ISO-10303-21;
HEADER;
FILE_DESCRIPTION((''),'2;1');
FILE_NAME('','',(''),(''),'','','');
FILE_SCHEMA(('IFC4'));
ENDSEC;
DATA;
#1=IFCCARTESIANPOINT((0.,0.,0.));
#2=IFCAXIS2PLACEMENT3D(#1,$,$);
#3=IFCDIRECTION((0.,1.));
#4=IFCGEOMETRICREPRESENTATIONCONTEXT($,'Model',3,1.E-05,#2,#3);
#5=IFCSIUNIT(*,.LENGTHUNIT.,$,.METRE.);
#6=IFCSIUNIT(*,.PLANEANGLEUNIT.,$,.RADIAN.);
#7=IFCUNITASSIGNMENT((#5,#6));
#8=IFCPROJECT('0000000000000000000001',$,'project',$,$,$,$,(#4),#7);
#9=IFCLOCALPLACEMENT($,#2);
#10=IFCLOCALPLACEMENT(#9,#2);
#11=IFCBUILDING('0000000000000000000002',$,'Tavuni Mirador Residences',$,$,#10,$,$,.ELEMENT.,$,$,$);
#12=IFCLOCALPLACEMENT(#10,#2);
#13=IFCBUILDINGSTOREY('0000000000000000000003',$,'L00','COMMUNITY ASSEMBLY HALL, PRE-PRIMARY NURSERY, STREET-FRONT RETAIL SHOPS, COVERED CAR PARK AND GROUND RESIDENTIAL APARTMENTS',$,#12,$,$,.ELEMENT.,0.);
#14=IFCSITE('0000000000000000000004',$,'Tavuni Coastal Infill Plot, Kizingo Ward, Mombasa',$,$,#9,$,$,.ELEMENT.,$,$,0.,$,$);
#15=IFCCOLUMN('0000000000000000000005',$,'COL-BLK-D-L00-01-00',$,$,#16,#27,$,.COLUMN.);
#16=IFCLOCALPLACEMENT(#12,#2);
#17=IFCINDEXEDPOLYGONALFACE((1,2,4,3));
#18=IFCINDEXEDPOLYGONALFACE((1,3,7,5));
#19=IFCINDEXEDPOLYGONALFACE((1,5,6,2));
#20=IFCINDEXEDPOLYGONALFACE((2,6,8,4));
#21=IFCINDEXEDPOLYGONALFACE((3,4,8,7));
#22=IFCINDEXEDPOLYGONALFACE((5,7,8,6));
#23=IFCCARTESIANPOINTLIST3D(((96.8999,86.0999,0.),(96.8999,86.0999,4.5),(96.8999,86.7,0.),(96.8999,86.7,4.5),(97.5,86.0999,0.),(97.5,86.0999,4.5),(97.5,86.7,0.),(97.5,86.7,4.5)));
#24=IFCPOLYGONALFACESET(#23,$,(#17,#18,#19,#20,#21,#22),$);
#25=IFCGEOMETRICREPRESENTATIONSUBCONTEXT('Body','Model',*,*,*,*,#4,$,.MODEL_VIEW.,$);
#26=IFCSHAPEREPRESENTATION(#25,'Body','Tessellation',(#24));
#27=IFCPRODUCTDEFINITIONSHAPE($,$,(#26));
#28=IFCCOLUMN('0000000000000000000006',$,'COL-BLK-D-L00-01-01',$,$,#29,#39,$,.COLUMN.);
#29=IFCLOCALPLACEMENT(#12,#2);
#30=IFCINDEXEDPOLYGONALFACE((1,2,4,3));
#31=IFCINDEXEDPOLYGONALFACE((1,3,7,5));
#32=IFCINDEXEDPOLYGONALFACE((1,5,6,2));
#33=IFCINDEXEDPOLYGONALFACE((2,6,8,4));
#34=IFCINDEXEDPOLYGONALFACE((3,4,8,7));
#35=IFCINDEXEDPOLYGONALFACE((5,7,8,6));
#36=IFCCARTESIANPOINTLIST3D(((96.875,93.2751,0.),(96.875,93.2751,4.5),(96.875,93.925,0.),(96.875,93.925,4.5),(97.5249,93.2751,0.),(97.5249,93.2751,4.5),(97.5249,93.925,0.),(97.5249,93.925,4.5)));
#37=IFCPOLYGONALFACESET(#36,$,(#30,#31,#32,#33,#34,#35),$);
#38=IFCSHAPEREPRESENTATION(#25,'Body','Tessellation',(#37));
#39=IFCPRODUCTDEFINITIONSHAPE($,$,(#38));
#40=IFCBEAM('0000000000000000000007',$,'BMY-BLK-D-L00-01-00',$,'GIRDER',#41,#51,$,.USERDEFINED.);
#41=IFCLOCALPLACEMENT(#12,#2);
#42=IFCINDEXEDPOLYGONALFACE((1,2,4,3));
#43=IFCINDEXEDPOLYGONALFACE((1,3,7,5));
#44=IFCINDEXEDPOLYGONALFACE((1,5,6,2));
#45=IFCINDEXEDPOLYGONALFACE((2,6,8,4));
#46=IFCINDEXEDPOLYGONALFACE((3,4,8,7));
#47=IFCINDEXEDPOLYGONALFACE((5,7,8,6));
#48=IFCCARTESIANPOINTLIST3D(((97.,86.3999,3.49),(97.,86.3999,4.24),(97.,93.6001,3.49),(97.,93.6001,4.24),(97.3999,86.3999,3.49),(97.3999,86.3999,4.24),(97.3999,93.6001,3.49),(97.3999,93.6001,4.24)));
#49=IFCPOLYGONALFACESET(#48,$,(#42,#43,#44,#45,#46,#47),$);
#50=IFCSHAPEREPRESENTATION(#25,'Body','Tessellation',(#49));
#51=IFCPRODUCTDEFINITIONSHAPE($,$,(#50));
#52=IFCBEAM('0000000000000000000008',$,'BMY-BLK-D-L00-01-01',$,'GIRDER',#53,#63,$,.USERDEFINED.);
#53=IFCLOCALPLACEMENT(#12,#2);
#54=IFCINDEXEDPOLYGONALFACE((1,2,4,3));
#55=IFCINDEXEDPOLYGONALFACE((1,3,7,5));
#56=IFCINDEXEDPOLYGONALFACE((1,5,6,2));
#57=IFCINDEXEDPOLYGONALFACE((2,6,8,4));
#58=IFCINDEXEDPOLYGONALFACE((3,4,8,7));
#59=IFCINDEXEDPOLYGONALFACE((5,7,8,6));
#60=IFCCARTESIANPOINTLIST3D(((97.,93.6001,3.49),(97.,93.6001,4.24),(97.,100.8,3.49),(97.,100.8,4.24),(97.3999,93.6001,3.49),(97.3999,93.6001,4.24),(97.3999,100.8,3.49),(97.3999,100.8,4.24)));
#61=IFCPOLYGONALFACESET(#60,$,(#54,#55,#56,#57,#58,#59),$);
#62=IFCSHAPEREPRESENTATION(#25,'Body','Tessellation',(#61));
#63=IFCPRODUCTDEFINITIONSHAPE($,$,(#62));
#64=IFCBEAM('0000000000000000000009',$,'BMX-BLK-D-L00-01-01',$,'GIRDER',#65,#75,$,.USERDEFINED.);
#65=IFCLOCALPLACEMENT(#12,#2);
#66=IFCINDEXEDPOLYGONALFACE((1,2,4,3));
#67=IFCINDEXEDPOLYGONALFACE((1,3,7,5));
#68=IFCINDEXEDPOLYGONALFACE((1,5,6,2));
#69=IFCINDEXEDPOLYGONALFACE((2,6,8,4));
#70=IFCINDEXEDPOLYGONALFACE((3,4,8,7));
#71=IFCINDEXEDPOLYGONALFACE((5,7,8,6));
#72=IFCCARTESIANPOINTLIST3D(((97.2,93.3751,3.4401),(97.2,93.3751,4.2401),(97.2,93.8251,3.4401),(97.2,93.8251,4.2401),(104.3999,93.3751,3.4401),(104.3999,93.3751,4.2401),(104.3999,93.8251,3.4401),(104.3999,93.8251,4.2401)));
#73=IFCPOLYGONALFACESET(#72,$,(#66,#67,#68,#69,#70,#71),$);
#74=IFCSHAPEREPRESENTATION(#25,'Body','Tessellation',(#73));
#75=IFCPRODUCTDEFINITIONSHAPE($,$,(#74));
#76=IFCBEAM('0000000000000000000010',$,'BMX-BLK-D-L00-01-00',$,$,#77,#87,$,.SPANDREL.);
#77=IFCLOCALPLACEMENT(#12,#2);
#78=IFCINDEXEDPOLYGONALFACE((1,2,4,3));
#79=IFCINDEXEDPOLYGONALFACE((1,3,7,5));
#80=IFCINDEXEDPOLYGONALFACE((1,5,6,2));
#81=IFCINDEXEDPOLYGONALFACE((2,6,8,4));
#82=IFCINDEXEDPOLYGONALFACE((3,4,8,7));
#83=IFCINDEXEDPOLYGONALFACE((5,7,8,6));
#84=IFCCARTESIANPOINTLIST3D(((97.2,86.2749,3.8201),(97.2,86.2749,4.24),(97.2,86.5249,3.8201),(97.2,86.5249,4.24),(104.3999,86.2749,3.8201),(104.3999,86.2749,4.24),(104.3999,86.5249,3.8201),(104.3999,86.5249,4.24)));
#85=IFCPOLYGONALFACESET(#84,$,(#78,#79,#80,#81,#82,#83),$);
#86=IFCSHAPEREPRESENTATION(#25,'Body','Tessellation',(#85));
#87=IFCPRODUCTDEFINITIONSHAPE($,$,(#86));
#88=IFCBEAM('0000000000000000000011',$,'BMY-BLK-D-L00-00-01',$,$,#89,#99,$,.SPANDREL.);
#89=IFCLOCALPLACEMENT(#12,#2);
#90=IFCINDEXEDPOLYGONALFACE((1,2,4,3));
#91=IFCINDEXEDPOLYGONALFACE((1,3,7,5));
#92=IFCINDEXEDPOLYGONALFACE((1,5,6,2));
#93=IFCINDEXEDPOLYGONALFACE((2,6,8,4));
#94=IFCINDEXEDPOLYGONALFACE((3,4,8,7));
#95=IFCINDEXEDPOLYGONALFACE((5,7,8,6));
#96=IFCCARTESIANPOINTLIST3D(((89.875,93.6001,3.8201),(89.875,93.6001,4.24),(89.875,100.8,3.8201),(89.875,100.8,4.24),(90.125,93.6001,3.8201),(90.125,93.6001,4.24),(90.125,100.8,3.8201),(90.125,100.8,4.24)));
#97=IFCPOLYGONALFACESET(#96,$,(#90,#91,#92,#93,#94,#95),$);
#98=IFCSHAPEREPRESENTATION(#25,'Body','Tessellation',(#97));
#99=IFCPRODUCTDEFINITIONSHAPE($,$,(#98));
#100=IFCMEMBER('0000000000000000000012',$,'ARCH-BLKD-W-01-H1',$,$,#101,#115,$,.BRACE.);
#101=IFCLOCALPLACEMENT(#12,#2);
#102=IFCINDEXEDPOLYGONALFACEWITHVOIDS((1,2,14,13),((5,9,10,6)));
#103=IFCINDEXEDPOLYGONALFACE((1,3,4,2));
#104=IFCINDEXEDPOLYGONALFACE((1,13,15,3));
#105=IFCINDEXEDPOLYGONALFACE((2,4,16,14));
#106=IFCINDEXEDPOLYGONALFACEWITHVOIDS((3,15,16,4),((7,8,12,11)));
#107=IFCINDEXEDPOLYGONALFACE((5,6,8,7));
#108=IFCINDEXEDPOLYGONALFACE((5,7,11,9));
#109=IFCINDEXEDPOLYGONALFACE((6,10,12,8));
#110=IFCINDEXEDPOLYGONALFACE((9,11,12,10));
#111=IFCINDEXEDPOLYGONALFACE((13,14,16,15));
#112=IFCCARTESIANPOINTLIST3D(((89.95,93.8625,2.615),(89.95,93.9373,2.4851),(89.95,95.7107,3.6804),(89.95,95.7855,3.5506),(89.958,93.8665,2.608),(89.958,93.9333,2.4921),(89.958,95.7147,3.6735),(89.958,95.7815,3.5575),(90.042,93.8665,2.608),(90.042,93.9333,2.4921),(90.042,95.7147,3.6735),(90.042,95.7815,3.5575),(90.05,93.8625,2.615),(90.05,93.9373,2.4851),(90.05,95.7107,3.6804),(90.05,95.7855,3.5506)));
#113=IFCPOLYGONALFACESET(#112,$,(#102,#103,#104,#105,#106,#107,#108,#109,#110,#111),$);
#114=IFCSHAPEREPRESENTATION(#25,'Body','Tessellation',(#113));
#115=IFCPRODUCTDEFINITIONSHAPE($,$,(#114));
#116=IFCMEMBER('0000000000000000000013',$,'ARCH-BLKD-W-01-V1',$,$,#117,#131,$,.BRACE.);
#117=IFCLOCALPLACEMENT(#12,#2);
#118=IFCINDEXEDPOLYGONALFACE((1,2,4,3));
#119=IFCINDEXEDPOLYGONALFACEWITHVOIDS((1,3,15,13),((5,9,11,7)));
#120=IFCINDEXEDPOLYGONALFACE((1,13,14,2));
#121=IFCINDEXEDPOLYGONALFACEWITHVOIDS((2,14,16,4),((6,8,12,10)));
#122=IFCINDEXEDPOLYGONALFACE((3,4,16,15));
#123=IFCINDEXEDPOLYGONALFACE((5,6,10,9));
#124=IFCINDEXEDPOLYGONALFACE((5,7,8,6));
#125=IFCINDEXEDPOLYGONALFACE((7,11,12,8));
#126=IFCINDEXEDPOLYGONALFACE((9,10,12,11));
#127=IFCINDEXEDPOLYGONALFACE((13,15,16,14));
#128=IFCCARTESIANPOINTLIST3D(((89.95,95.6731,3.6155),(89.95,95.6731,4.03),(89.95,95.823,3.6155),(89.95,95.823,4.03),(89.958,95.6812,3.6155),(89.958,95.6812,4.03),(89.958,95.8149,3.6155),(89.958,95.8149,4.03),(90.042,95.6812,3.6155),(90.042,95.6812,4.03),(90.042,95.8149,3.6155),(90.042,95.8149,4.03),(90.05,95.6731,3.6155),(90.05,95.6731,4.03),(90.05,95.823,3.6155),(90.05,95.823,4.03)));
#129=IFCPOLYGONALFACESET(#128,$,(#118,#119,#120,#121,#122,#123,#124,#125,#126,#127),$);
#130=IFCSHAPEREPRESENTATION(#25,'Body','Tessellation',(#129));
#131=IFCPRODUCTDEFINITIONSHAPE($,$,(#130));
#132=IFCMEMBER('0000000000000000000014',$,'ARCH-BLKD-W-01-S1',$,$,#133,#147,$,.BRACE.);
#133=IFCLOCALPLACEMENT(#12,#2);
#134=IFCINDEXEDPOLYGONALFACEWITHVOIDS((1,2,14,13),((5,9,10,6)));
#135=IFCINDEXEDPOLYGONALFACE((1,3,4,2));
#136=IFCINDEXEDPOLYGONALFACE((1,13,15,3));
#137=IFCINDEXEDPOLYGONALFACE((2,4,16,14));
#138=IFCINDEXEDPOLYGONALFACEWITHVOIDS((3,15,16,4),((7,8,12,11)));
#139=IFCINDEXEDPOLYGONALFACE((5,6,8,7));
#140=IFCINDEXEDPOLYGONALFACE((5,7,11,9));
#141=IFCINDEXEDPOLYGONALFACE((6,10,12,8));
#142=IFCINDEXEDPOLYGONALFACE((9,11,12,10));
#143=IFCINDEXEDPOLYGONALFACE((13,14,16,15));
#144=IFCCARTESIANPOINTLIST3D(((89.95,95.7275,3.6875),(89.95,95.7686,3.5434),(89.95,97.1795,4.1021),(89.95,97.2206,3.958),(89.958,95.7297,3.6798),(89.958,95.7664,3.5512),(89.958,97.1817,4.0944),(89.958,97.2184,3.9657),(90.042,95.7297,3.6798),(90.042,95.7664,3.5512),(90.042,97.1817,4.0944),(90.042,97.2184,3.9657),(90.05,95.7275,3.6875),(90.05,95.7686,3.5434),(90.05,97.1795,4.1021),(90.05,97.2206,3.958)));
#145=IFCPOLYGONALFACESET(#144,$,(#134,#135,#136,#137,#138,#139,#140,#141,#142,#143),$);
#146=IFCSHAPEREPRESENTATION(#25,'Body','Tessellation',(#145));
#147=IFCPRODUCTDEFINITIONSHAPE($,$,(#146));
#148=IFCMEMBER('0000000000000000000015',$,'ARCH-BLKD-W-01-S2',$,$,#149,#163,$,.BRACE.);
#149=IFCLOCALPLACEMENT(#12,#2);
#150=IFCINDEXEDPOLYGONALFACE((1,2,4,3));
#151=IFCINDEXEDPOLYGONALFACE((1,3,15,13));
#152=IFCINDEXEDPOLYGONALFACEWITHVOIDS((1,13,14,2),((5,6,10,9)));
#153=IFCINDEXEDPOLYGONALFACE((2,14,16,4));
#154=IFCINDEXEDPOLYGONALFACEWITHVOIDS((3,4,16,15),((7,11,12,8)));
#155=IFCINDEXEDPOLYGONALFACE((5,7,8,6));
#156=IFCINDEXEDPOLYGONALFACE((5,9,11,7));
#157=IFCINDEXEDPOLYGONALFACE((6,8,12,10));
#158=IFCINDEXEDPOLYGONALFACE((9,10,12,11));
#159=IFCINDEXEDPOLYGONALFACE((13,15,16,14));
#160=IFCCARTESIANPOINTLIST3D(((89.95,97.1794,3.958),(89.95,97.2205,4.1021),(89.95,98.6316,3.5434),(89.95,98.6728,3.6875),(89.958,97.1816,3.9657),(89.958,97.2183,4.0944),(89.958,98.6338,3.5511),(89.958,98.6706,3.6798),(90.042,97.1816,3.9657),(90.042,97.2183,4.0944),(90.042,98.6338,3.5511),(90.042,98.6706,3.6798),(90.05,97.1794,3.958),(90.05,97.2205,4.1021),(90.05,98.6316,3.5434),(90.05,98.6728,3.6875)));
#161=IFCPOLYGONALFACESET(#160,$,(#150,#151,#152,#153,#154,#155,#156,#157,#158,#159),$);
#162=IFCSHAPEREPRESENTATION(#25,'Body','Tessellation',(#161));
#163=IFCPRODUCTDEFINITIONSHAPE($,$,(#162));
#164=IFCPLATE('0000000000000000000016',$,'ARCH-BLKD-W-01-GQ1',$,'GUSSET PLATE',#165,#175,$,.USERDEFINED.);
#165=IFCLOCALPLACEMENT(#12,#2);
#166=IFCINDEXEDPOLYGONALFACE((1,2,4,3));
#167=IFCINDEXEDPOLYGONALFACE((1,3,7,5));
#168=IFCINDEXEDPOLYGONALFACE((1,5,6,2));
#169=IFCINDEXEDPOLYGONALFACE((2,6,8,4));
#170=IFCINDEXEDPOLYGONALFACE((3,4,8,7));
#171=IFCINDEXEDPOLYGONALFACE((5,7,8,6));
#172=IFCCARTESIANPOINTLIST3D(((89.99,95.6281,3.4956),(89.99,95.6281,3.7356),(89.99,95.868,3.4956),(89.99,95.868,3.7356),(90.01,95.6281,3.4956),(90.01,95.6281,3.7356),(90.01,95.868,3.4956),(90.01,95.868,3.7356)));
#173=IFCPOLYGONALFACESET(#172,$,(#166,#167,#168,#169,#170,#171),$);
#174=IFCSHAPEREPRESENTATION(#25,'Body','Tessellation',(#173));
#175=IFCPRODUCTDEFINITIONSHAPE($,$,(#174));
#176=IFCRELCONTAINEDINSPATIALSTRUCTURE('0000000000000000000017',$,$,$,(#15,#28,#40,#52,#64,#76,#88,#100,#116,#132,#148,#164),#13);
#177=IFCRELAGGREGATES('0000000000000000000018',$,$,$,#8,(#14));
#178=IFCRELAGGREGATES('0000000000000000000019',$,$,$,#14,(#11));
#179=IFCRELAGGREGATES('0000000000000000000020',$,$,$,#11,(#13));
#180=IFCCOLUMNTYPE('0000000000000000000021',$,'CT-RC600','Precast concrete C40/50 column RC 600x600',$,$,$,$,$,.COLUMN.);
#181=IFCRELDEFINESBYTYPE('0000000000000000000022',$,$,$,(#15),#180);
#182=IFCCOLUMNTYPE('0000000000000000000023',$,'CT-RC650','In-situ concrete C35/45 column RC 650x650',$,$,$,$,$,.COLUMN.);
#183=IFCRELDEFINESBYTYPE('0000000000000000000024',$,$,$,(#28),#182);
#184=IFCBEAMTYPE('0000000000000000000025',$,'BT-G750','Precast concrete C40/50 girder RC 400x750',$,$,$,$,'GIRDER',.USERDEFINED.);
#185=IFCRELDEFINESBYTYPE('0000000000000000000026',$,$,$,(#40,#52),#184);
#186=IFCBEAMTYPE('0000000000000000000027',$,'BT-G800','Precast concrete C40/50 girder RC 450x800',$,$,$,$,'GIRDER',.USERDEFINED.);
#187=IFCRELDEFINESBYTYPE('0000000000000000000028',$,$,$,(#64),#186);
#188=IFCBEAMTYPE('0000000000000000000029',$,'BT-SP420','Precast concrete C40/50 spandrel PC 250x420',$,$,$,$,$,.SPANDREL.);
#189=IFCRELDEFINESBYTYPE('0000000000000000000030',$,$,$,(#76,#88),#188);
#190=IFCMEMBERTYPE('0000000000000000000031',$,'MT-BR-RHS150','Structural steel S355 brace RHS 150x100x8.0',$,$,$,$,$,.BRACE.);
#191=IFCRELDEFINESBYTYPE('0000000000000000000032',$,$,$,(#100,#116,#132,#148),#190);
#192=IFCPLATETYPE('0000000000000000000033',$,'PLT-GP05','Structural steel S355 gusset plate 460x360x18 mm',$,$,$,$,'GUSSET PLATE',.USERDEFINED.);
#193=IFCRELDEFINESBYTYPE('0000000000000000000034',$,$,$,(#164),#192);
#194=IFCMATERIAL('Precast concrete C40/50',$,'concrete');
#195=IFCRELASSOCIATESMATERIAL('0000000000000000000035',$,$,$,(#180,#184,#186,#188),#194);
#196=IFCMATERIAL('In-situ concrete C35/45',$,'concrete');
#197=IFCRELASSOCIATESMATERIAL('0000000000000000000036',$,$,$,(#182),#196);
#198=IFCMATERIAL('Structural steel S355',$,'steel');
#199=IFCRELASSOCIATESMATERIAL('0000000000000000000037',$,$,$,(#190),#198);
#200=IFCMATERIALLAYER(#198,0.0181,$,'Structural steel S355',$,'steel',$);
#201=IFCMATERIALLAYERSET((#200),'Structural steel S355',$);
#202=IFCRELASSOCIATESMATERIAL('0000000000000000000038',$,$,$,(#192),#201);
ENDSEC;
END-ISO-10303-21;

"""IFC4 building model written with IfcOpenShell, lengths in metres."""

from ifc_helpers import new_model, si_unit, direction, frame, origin, origin_2d, place, context, subcontext, project, spatial, rectangle, hollow_rectangle, extrude, material, layer, layer_set, material_profile, profile_set, type_object, element, save


model = new_model("IFC4")

# Units and contexts
model_context = context("Model", 3, precision=1e-05, world=origin(), true_north=direction((0.0, 1.0)))
body_context = subcontext(model_context, "Body", "Model", "MODEL_VIEW")
ifc_project = project(units=[si_unit("LENGTHUNIT", "METRE"), si_unit("PLANEANGLEUNIT", "RADIAN")], contexts=[model_context])

# Site, building, storey
site_placement = place(None, origin())
site = spatial("IfcSite", under=ifc_project, at=site_placement, Name="Tavuni Coastal Infill Plot, Kizingo Ward, Mombasa", CompositionType="ELEMENT", RefElevation=0.0)
building_placement = place(site_placement, origin())
building = spatial("IfcBuilding", under=site, at=building_placement, Name="Tavuni Mirador Residences", CompositionType="ELEMENT")
storey_placement = place(building_placement, origin())
storey = spatial("IfcBuildingStorey", under=building, at=storey_placement, Name="L00", Description="COMMUNITY ASSEMBLY HALL, PRE-PRIMARY NURSERY, STREET-FRONT RETAIL SHOPS, COVERED CAR PARK AND GROUND RESIDENTIAL APARTMENTS", CompositionType="ELEMENT", Elevation=0.0)

# Columns
ifc_material_1 = material(Name="Precast concrete C40/50", Category="concrete")
ifc_material_profile_1 = material_profile(ifc_material_1, rectangle(XDim=0.6001, YDim=0.6001, at=origin_2d()), Name="RC 600x600", Category="concrete")
ifc_profile_set_1 = profile_set([ifc_material_profile_1], Name="Precast concrete C40/50")
column_type_1 = type_object("IfcColumnType", Name="CT-RC600", Description="Precast concrete C40/50 column RC 600x600", PredefinedType="COLUMN", material=ifc_profile_set_1)
column_1_placement = place(storey_placement, frame((97.2, 86.3999, 0.0), z_axis=(0.0, 0.0, 1.0), x_axis=(1.0, 0.0, 0.0)))
element("IfcColumn", 1, at=column_1_placement, inside=storey, type_object=column_type_1, Name="COL-BLK-D-L00-01-00", PredefinedType="COLUMN", context=body_context, shape_type="SweptSolid", body=[
    extrude(rectangle(XDim=0.6001, YDim=0.6001, at=origin_2d()), origin(), (0.0, 0.0, 1.0), 4.5),
])
ifc_material_2 = material(Name="In-situ concrete C35/45", Category="concrete")
ifc_material_profile_2 = material_profile(ifc_material_2, rectangle(XDim=0.6499, YDim=0.6499, at=origin_2d()), Name="RC 650x650", Category="concrete")
ifc_profile_set_2 = profile_set([ifc_material_profile_2], Name="In-situ concrete C35/45")
column_type_2 = type_object("IfcColumnType", Name="CT-RC650", Description="In-situ concrete C35/45 column RC 650x650", PredefinedType="COLUMN", material=ifc_profile_set_2)
column_2_placement = place(storey_placement, frame((97.2, 93.6001, 0.0), z_axis=(0.0, 0.0, 1.0), x_axis=(1.0, 0.0, 0.0)))
element("IfcColumn", 2, at=column_2_placement, inside=storey, type_object=column_type_2, Name="COL-BLK-D-L00-01-01", PredefinedType="COLUMN", context=body_context, shape_type="SweptSolid", body=[
    extrude(rectangle(XDim=0.6499, YDim=0.6499, at=origin_2d()), origin(), (0.0, 0.0, 1.0), 4.5),
])

# Beams
ifc_material_profile_3 = material_profile(ifc_material_1, rectangle(XDim=0.3999, YDim=0.75, at=origin_2d()), Name="RC 400x750", Category="concrete")
ifc_profile_set_3 = profile_set([ifc_material_profile_3], Name="Precast concrete C40/50")
beam_type_1 = type_object("IfcBeamType", Name="BT-G750", Description="Precast concrete C40/50 girder RC 400x750", ElementType="GIRDER", PredefinedType="USERDEFINED", material=ifc_profile_set_3)
beam_1_placement = place(storey_placement, frame((97.2, 86.3999, 3.865), z_axis=(0.0, 1.0, 0.0), x_axis=(-1.0, 0.0, 0.0)))
element("IfcBeam", 3, at=beam_1_placement, inside=storey, type_object=beam_type_1, Name="BMY-BLK-D-L00-01-00", ObjectType="GIRDER", PredefinedType="USERDEFINED", context=body_context, shape_type="SweptSolid", body=[
    extrude(rectangle(XDim=0.3999, YDim=0.75, at=origin_2d()), origin(), (0.0, 0.0, 1.0), 7.2002),
])
beam_2_placement = place(storey_placement, frame((97.2, 93.6001, 3.865), z_axis=(0.0, 1.0, 0.0), x_axis=(-1.0, 0.0, 0.0)))
element("IfcBeam", 4, at=beam_2_placement, inside=storey, type_object=beam_type_1, Name="BMY-BLK-D-L00-01-01", ObjectType="GIRDER", PredefinedType="USERDEFINED", context=body_context, shape_type="SweptSolid", body=[
    extrude(rectangle(XDim=0.3999, YDim=0.75, at=origin_2d()), origin(), (0.0, 0.0, 1.0), 7.2),
])
ifc_material_profile_4 = material_profile(ifc_material_1, rectangle(XDim=0.45, YDim=0.8, at=origin_2d()), Name="RC 450x800", Category="concrete")
ifc_profile_set_4 = profile_set([ifc_material_profile_4], Name="Precast concrete C40/50")
beam_type_2 = type_object("IfcBeamType", Name="BT-G800", Description="Precast concrete C40/50 girder RC 450x800", ElementType="GIRDER", PredefinedType="USERDEFINED", material=ifc_profile_set_4)
beam_3_placement = place(storey_placement, frame((97.2, 93.6001, 3.8401), z_axis=(1.0, 0.0, 0.0), x_axis=(0.0, 1.0, 0.0)))
element("IfcBeam", 5, at=beam_3_placement, inside=storey, type_object=beam_type_2, Name="BMX-BLK-D-L00-01-01", ObjectType="GIRDER", PredefinedType="USERDEFINED", context=body_context, shape_type="SweptSolid", body=[
    extrude(rectangle(XDim=0.45, YDim=0.8, at=origin_2d()), origin(), (0.0, 0.0, 1.0), 7.2),
])
ifc_material_profile_5 = material_profile(ifc_material_1, rectangle(XDim=0.25, YDim=0.4199, at=origin_2d()), Name="PC 250x420", Category="concrete")
ifc_profile_set_5 = profile_set([ifc_material_profile_5], Name="Precast concrete C40/50")
beam_type_3 = type_object("IfcBeamType", Name="BT-SP420", Description="Precast concrete C40/50 spandrel PC 250x420", PredefinedType="SPANDREL", material=ifc_profile_set_5)
for number, where, z_axis, x_axis, name in (
    (6, (97.2, 86.3999, 4.03), (1.0, 0.0, 0.0), (0.0, 1.0, 0.0), "BMX-BLK-D-L00-01-00"),
    (7, (90.0, 93.6001, 4.03), (0.0, 1.0, 0.0), (-1.0, 0.0, 0.0), "BMY-BLK-D-L00-00-01"),
):
    element("IfcBeam", number, at=place(storey_placement, frame(where, z_axis=z_axis, x_axis=x_axis)), inside=storey, type_object=beam_type_3, Name=name, PredefinedType="SPANDREL", context=body_context, shape_type="SweptSolid", body=[
        extrude(rectangle(XDim=0.25, YDim=0.4199, at=origin_2d()), origin(), (0.0, 0.0, 1.0), 7.2),
    ])

# Members
ifc_material_3 = material(Name="Structural steel S355", Category="steel")
ifc_material_profile_6 = material_profile(ifc_material_3, hollow_rectangle(XDim=0.1001, YDim=0.1499, WallThickness=0.0081, at=origin_2d()), Name="RHS 150x100x8.0", Category="steel")
ifc_profile_set_6 = profile_set([ifc_material_profile_6], Name="Structural steel S355")
member_type = type_object("IfcMemberType", Name="MT-BR-RHS150", Description="Structural steel S355 brace RHS 150x100x8.0", PredefinedType="BRACE", material=ifc_profile_set_6)
member_1_placement = place(storey_placement, frame((90.0, 93.8999, 2.55), z_axis=(0.0, 0.866349, 0.499438), x_axis=(-1.0, 0.0, 0.0)))
element("IfcMember", 8, at=member_1_placement, inside=storey, type_object=member_type, Name="ARCH-BLKD-W-01-H1", PredefinedType="BRACE", context=body_context, shape_type="SweptSolid", body=[
    extrude(hollow_rectangle(XDim=0.1001, YDim=0.1499, WallThickness=0.0081, at=origin_2d()), origin(), (0.0, 0.0, 1.0), 2.1333),
])
member_2_placement = place(storey_placement, frame((90.0, 95.748, 3.6155), z_axis=(0.0, 0.0, 1.0), x_axis=(1.0, 0.0, 0.0)))
element("IfcMember", 9, at=member_2_placement, inside=storey, type_object=member_type, Name="ARCH-BLKD-W-01-V1", PredefinedType="BRACE", context=body_context, shape_type="SweptSolid", body=[
    extrude(hollow_rectangle(XDim=0.1001, YDim=0.1499, WallThickness=0.0081, at=origin_2d()), origin(), (0.0, 0.0, 1.0), 0.4146),
])
member_3_placement = place(storey_placement, frame((90.0, 95.748, 3.6155), z_axis=(0.0, 0.961573, 0.27455), x_axis=(-1.0, 0.0, 0.0)))
element("IfcMember", 10, at=member_3_placement, inside=storey, type_object=member_type, Name="ARCH-BLKD-W-01-S1", PredefinedType="BRACE", context=body_context, shape_type="SweptSolid", body=[
    extrude(hollow_rectangle(XDim=0.1001, YDim=0.1499, WallThickness=0.0081, at=origin_2d()), origin(), (0.0, 0.0, 1.0), 1.51),
])
member_4_placement = place(storey_placement, frame((90.0, 97.2, 4.03), z_axis=(0.0, 0.961585, -0.274508), x_axis=(-1.0, 0.0, 0.0)))
element("IfcMember", 11, at=member_4_placement, inside=storey, type_object=member_type, Name="ARCH-BLKD-W-01-S2", PredefinedType="BRACE", context=body_context, shape_type="SweptSolid", body=[
    extrude(hollow_rectangle(XDim=0.1001, YDim=0.1499, WallThickness=0.0081, at=origin_2d()), origin(), (0.0, 0.0, 1.0), 1.5103),
])

# Plate
ifc_layer_1 = layer(ifc_material_3, 0.0181, Name="Structural steel S355", Category="steel")
ifc_layer_set_1 = layer_set([ifc_layer_1], Name="Structural steel S355")
plate_type = type_object("IfcPlateType", Name="PLT-GP05", Description="Structural steel S355 gusset plate 460x360x18 mm", ElementType="GUSSET PLATE", PredefinedType="USERDEFINED", material=ifc_layer_set_1)
for number, where, z_axis, x_axis, name in (
    (12, (90.0, 95.748, 3.4956), (0.0, 0.0, 1.0), (1.0, 0.0, 0.0), "ARCH-BLKD-W-01-GQ1"),
):
    element("IfcPlate", number, at=place(storey_placement, frame(where, z_axis=z_axis, x_axis=x_axis)), inside=storey, type_object=plate_type, Name=name, ObjectType="GUSSET PLATE", PredefinedType="USERDEFINED", context=body_context, shape_type="SweptSolid", body=[
        extrude(rectangle(XDim=0.02, YDim=0.24, at=origin_2d()), origin(), (0.0, 0.0, 1.0), 0.24),
    ])

save(model, "model.ifc")
